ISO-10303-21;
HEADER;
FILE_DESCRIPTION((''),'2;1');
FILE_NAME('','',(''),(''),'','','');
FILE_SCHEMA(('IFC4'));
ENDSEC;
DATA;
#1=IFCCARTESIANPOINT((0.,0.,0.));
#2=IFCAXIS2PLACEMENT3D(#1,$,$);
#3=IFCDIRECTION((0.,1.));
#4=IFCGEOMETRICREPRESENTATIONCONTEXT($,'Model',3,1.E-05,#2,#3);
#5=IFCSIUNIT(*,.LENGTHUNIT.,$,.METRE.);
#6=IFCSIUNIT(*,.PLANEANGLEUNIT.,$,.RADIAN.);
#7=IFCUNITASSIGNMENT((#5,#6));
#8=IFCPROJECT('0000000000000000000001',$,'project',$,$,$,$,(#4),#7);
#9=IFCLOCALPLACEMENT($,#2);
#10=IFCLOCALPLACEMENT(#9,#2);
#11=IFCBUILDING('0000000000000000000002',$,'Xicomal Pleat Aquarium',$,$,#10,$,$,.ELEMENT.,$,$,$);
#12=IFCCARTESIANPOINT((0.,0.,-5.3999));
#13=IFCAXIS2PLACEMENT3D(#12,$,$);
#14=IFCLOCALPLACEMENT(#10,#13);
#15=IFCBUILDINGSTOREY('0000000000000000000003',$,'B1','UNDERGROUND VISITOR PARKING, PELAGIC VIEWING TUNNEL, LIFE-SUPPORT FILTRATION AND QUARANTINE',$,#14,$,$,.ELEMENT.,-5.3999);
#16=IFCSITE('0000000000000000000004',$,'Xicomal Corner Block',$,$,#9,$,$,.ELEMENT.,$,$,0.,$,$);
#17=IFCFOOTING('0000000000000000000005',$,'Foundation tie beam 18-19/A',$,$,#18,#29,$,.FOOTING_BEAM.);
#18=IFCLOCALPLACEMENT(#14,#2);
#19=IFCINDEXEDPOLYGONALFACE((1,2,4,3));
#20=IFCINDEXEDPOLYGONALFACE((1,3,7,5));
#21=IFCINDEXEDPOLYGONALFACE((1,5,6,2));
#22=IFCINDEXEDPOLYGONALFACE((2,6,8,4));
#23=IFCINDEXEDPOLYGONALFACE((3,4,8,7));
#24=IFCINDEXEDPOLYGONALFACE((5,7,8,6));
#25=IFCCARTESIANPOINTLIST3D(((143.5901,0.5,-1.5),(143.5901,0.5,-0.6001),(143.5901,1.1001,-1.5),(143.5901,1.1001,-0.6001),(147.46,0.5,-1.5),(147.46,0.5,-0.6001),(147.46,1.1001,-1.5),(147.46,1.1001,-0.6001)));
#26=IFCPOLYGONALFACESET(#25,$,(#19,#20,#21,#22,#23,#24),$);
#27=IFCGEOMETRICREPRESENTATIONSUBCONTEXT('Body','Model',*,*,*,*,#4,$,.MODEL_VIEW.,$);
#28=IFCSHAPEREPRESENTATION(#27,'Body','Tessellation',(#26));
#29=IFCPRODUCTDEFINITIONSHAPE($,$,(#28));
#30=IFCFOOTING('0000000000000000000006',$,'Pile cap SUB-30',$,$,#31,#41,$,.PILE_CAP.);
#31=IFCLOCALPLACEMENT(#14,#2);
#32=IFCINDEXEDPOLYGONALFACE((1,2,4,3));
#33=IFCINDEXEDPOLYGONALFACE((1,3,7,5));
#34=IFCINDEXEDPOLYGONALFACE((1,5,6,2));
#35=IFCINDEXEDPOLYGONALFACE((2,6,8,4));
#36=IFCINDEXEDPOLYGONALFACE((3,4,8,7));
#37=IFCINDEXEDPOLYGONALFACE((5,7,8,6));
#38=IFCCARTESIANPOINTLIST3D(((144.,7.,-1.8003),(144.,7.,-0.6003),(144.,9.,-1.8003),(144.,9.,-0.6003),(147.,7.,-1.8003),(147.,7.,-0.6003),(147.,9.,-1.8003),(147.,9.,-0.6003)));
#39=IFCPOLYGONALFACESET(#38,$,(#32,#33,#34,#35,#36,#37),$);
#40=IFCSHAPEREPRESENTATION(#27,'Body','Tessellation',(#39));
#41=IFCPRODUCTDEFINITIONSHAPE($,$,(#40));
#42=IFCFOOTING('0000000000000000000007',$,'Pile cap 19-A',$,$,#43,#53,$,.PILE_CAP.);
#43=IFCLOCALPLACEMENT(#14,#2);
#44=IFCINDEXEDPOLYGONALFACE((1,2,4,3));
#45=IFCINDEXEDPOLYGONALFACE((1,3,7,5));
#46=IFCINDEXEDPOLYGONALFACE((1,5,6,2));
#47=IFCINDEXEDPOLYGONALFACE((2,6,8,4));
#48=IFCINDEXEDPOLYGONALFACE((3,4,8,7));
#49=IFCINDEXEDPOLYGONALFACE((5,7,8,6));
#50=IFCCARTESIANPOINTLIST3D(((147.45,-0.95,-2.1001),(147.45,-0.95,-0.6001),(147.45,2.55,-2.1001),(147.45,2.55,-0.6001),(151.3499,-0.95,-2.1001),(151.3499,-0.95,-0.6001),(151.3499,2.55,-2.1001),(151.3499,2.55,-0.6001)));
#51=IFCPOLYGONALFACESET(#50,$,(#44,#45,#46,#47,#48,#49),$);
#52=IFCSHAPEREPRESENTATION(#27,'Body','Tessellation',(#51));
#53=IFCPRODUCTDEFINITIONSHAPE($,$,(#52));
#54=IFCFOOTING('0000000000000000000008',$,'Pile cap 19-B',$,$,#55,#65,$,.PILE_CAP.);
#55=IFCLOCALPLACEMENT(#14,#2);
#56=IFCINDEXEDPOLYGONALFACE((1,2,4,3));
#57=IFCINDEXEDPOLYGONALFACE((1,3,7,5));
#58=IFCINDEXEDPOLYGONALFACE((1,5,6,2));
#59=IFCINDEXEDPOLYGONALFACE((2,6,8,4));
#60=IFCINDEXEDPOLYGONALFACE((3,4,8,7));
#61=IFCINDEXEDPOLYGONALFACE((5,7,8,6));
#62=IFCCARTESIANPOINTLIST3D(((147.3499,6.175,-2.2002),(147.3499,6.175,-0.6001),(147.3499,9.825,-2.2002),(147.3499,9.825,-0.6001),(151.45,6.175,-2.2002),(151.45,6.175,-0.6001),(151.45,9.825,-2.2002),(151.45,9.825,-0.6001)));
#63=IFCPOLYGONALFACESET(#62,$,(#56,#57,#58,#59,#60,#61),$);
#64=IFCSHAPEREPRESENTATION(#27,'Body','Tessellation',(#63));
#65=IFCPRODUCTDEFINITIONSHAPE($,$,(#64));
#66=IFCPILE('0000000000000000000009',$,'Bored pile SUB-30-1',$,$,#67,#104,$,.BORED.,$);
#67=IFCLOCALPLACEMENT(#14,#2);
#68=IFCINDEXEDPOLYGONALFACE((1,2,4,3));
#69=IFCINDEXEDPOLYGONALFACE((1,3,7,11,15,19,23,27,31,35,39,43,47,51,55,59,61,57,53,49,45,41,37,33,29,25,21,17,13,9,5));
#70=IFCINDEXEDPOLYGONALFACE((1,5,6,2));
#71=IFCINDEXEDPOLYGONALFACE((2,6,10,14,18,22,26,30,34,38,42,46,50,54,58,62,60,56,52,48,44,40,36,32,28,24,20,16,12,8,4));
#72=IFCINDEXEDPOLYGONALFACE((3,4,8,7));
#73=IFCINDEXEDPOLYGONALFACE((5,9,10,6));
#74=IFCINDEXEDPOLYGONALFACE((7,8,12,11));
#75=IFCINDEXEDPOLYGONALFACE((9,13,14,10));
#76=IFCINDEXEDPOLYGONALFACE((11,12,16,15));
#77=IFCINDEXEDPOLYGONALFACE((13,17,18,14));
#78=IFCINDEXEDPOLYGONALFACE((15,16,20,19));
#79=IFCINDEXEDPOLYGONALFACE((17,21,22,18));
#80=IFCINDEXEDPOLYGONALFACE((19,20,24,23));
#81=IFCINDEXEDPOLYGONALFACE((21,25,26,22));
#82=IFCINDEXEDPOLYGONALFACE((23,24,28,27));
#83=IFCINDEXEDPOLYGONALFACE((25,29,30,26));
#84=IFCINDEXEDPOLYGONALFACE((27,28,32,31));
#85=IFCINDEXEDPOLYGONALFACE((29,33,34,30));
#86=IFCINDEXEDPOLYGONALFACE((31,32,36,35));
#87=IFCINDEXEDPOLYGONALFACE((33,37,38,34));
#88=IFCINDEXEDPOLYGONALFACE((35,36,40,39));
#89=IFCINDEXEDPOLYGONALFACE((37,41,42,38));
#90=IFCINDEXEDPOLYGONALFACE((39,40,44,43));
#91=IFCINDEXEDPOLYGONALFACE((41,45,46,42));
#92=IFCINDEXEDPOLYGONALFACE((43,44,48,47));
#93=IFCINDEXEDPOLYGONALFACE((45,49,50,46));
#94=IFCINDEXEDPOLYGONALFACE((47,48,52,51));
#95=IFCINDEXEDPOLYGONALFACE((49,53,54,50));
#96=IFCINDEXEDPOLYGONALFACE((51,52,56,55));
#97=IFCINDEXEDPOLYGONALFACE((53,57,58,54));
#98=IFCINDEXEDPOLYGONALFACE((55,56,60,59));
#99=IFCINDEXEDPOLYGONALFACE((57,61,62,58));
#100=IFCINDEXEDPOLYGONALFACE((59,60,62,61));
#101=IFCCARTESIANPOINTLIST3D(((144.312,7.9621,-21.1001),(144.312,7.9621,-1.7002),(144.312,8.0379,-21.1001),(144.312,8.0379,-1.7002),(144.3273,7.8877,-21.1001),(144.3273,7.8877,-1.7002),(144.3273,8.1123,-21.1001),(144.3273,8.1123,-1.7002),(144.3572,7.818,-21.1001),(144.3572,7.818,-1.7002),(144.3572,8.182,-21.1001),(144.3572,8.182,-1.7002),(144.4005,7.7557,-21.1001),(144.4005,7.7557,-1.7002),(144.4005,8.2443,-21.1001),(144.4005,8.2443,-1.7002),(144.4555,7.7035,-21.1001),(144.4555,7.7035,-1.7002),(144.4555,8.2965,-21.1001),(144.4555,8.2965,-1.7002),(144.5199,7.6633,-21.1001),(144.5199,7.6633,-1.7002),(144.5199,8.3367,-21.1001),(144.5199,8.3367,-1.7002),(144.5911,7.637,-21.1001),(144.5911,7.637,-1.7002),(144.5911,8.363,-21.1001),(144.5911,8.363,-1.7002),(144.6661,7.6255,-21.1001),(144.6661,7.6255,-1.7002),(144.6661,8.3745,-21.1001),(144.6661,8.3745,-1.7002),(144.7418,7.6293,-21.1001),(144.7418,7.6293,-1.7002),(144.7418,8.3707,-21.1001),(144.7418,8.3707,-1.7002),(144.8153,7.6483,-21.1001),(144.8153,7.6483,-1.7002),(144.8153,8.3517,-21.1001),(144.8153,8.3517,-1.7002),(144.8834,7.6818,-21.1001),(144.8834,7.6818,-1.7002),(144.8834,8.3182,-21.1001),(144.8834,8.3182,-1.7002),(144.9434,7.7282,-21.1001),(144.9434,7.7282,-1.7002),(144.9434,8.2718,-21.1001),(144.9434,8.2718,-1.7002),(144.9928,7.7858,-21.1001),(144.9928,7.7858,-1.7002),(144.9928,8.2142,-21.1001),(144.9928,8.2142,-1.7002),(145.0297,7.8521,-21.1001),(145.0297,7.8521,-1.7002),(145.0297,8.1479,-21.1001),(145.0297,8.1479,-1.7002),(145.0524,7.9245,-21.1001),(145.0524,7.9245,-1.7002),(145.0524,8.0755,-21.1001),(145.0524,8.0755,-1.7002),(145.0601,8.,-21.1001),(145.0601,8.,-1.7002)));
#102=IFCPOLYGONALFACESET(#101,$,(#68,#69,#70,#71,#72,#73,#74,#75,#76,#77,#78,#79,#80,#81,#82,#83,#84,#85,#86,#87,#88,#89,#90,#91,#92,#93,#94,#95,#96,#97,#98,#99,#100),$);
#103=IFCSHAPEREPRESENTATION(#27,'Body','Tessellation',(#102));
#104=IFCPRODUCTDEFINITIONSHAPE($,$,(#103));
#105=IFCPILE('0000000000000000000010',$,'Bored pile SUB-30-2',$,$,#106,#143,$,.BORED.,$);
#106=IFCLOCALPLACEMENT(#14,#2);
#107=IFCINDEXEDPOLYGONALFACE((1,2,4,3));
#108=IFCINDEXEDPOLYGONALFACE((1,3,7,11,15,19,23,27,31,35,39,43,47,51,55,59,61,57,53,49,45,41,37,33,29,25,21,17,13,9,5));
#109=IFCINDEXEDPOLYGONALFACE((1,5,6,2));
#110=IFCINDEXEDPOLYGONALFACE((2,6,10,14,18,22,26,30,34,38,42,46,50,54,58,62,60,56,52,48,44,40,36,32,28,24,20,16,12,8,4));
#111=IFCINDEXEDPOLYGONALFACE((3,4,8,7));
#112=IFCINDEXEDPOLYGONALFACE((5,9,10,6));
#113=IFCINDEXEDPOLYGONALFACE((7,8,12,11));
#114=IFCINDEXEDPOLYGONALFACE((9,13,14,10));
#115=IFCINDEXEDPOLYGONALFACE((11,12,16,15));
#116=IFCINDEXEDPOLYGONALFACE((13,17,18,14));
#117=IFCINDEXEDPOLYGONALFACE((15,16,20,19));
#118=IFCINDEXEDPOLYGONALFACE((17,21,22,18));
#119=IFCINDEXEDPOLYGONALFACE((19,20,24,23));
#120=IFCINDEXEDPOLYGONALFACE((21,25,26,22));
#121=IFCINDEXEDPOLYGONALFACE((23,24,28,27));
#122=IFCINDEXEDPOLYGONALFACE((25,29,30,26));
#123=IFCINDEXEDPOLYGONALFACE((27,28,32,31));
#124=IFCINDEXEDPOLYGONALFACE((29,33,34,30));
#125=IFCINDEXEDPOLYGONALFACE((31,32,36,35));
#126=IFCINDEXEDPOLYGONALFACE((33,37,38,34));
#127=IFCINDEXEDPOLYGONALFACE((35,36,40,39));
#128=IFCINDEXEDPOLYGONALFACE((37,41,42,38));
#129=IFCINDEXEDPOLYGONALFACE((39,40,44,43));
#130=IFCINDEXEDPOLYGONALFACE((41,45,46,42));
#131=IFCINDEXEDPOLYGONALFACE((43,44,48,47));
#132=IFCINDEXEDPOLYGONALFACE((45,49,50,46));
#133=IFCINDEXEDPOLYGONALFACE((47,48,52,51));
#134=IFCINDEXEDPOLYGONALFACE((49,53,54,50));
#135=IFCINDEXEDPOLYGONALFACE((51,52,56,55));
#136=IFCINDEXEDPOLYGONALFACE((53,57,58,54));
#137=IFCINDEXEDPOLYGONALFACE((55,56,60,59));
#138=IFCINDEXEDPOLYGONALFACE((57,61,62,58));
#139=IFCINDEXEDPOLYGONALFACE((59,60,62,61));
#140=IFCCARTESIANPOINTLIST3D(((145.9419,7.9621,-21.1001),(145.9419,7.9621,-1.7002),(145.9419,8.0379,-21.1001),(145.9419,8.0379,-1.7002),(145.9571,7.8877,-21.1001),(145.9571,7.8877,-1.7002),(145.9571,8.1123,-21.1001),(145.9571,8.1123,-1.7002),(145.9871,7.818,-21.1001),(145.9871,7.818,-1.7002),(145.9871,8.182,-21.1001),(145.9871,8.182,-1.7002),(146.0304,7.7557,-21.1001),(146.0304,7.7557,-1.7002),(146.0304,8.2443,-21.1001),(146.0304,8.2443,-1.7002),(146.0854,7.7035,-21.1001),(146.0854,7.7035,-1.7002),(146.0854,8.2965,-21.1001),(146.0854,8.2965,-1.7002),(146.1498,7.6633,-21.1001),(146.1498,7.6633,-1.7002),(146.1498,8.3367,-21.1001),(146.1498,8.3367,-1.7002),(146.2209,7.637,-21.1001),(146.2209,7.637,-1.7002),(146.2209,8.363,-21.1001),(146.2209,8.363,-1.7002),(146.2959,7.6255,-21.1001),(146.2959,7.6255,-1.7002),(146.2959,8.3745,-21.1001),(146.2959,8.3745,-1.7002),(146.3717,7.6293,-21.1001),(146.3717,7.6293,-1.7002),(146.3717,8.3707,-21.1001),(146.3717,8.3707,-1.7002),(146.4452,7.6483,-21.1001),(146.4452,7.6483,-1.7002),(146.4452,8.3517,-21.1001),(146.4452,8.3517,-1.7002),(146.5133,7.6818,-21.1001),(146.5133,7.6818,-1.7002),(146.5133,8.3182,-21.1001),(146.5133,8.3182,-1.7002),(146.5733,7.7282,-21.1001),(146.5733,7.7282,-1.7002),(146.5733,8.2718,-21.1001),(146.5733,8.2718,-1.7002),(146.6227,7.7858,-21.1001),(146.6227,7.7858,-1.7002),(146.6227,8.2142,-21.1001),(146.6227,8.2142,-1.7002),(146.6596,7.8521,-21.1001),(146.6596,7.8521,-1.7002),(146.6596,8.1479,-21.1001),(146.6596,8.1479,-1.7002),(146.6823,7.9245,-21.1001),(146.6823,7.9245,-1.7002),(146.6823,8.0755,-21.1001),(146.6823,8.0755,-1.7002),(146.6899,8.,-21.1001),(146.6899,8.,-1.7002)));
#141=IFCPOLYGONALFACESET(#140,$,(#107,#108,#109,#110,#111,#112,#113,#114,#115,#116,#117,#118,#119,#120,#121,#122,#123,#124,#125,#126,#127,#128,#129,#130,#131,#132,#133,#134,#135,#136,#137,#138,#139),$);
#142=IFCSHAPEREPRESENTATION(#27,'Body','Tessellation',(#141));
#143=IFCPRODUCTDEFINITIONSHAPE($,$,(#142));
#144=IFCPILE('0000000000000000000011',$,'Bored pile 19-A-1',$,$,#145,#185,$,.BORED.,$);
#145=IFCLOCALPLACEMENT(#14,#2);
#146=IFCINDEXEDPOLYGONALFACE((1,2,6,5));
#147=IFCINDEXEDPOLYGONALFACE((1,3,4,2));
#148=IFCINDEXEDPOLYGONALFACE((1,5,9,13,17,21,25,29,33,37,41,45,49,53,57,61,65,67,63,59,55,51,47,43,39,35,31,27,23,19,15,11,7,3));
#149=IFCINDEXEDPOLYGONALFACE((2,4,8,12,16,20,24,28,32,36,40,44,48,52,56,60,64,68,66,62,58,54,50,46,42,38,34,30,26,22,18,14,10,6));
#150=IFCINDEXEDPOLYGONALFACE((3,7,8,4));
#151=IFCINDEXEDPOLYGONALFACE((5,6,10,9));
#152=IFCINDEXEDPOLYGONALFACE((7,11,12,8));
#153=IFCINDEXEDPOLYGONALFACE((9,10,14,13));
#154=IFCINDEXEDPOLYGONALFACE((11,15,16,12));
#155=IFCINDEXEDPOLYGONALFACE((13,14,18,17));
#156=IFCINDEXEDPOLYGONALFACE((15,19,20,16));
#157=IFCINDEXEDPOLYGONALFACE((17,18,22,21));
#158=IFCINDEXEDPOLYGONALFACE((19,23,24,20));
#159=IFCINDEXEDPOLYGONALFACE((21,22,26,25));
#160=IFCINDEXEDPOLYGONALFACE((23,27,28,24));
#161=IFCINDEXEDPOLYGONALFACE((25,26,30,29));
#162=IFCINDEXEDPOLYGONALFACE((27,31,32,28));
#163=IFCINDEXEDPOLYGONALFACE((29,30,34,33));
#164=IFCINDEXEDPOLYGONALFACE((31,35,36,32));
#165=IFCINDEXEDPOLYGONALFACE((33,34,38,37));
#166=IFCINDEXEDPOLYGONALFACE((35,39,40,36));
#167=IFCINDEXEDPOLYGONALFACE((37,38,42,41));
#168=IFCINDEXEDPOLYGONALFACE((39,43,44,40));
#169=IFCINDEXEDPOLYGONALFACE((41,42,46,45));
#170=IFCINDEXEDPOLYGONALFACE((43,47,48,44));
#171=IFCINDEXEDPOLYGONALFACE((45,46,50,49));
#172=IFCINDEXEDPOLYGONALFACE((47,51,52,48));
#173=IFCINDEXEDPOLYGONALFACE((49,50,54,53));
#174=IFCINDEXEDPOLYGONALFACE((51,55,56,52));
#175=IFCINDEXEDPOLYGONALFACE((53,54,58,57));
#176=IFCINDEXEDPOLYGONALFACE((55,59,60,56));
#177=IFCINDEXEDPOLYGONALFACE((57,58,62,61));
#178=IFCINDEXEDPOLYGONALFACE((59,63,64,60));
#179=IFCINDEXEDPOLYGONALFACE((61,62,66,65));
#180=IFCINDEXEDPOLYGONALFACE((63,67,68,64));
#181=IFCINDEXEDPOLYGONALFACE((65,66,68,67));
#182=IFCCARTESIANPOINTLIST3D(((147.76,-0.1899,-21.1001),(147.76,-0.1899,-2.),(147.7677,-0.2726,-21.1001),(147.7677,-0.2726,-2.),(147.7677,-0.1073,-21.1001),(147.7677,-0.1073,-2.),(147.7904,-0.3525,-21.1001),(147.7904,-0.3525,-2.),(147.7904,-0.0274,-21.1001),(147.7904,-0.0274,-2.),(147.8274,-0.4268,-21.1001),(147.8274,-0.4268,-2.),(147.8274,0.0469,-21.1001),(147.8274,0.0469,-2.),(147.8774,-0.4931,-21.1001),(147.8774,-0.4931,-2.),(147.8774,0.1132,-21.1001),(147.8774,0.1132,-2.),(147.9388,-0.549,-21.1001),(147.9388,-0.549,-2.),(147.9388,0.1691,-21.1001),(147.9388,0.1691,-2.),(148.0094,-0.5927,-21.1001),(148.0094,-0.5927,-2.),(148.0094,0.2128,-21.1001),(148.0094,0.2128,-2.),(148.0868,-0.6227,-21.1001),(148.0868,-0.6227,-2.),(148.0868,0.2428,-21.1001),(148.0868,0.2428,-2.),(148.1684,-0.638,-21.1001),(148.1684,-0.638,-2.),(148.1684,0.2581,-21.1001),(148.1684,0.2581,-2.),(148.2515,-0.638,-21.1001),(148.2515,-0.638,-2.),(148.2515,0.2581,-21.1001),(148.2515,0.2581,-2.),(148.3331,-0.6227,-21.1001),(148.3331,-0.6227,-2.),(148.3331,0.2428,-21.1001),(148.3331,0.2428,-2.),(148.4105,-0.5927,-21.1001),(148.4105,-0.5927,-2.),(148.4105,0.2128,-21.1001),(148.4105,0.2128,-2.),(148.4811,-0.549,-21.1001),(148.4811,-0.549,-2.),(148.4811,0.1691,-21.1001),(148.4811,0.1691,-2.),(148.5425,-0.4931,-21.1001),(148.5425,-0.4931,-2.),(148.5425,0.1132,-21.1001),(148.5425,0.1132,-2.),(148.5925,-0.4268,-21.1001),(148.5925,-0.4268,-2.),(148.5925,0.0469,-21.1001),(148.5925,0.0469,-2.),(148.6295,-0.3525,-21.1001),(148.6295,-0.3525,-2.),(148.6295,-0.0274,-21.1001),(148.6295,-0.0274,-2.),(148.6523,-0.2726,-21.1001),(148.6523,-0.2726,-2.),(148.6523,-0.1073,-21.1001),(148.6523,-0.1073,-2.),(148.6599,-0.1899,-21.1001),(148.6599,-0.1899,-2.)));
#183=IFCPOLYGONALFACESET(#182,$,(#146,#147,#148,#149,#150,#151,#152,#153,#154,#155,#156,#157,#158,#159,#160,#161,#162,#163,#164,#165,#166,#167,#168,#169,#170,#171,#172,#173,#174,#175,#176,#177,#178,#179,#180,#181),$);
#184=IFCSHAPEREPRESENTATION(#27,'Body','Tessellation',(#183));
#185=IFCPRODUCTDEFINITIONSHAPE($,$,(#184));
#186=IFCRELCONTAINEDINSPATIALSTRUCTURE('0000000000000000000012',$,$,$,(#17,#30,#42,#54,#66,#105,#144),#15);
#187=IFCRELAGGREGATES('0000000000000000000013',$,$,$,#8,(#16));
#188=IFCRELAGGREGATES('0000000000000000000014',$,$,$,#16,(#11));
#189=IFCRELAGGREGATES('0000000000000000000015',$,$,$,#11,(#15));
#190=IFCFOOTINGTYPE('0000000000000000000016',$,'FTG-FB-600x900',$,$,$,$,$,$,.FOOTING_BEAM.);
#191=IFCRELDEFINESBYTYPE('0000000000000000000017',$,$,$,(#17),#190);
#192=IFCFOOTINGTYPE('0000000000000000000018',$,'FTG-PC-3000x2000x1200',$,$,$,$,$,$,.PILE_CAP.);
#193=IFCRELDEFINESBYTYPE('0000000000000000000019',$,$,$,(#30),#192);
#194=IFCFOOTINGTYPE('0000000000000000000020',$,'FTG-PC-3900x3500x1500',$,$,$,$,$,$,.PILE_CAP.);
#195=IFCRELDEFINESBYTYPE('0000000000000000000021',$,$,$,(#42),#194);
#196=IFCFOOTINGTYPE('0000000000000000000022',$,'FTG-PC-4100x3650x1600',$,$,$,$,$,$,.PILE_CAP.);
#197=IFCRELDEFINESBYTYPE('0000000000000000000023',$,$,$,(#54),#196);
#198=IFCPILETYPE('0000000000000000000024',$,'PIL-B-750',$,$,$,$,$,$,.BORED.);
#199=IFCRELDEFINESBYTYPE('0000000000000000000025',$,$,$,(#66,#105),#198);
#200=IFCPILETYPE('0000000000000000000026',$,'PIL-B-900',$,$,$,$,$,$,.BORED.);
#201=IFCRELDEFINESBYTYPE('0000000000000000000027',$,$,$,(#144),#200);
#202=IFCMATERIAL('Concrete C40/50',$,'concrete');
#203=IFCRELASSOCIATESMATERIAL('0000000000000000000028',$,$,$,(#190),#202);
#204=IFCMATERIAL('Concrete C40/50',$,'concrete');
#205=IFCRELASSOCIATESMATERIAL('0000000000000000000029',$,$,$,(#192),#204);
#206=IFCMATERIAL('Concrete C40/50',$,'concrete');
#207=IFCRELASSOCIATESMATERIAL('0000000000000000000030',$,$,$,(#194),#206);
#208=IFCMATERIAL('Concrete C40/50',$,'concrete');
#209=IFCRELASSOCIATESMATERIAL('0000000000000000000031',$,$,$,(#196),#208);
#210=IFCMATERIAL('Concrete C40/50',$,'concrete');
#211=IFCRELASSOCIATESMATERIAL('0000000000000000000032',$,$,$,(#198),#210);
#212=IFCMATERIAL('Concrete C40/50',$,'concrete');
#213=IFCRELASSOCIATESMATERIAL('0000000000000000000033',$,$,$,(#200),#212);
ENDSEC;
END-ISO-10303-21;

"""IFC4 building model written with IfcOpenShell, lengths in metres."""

from ifc_helpers import new_model, si_unit, direction, frame, origin, origin_2d, place, context, subcontext, project, spatial, rectangle, circle, extrude, material, material_profile, profile_set, type_object, element, save


model = new_model("IFC4")

# Units and contexts
model_context = context("Model", 3, precision=1e-05, world=origin(), true_north=direction((0.0, 1.0)))
body_context = subcontext(model_context, "Body", "Model", "MODEL_VIEW")
ifc_project = project(units=[si_unit("LENGTHUNIT", "METRE"), si_unit("PLANEANGLEUNIT", "RADIAN")], contexts=[model_context])

# Site, building, storey
site_placement = place(None, origin())
site = spatial("IfcSite", under=ifc_project, at=site_placement, Name="Xicomal Corner Block", CompositionType="ELEMENT", RefElevation=0.0)
building_placement = place(site_placement, origin())
building = spatial("IfcBuilding", under=site, at=building_placement, Name="Xicomal Pleat Aquarium", CompositionType="ELEMENT")
storey_placement = place(building_placement, frame((0.0, 0.0, -5.3999)))
storey = spatial("IfcBuildingStorey", under=building, at=storey_placement, Name="B1", Description="UNDERGROUND VISITOR PARKING, PELAGIC VIEWING TUNNEL, LIFE-SUPPORT FILTRATION AND QUARANTINE", CompositionType="ELEMENT", Elevation=-5.3999)

# Footings
ifc_material_1 = material(Name="Concrete C40/50", Category="concrete")
ifc_material_profile_1 = material_profile(ifc_material_1, rectangle(XDim=0.6001, YDim=0.8999, at=origin_2d()), Name="FB-02 600x900")
ifc_profile_set_1 = profile_set([ifc_material_profile_1], Name="Concrete C40/50")
footing_type_1 = type_object("IfcFootingType", Name="FTG-FB-600x900", PredefinedType="FOOTING_BEAM", material=ifc_profile_set_1)
footing_1_placement = place(storey_placement, frame((143.5901, 0.8, -1.05), z_axis=(1.0, 0.0, 0.0), x_axis=(0.0, 1.0, 0.0)))
element("IfcFooting", 1, at=footing_1_placement, inside=storey, type_object=footing_type_1, Name="Foundation tie beam 18-19/A", PredefinedType="FOOTING_BEAM", context=body_context, shape_type="SweptSolid", body=[
    extrude(rectangle(XDim=0.6001, YDim=0.8999, at=origin_2d()), origin(), (0.0, 0.0, 1.0), 3.8699),
])
ifc_material_2 = material(Name="Concrete C40/50", Category="concrete")
footing_type_2 = type_object("IfcFootingType", Name="FTG-PC-3000x2000x1200", PredefinedType="PILE_CAP", material=ifc_material_2)
footing_2_placement = place(storey_placement, frame((145.5, 8.0, -1.8003), z_axis=(0.0, 0.0, 1.0), x_axis=(1.0, 0.0, 0.0)))
element("IfcFooting", 2, at=footing_2_placement, inside=storey, type_object=footing_type_2, Name="Pile cap SUB-30", PredefinedType="PILE_CAP", context=body_context, shape_type="SweptSolid", body=[
    extrude(rectangle(XDim=3.0, YDim=2.0, at=origin_2d()), origin(), (0.0, 0.0, 1.0), 1.2),
])
ifc_material_3 = material(Name="Concrete C40/50", Category="concrete")
footing_type_3 = type_object("IfcFootingType", Name="FTG-PC-3900x3500x1500", PredefinedType="PILE_CAP", material=ifc_material_3)
footing_3_placement = place(storey_placement, frame((149.3999, 0.8, -2.1001), z_axis=(0.0, 0.0, 1.0), x_axis=(1.0, 0.0, 0.0)))
element("IfcFooting", 3, at=footing_3_placement, inside=storey, type_object=footing_type_3, Name="Pile cap 19-A", PredefinedType="PILE_CAP", context=body_context, shape_type="SweptSolid", body=[
    extrude(rectangle(XDim=3.8999, YDim=3.5, at=origin_2d()), origin(), (0.0, 0.0, 1.0), 1.5),
])
ifc_material_4 = material(Name="Concrete C40/50", Category="concrete")
footing_type_4 = type_object("IfcFootingType", Name="FTG-PC-4100x3650x1600", PredefinedType="PILE_CAP", material=ifc_material_4)
footing_4_placement = place(storey_placement, frame((149.3999, 8.0, -2.2002), z_axis=(0.0, 0.0, 1.0), x_axis=(1.0, 0.0, 0.0)))
element("IfcFooting", 4, at=footing_4_placement, inside=storey, type_object=footing_type_4, Name="Pile cap 19-B", PredefinedType="PILE_CAP", context=body_context, shape_type="SweptSolid", body=[
    extrude(rectangle(XDim=4.1001, YDim=3.6499, at=origin_2d()), origin(), (0.0, 0.0, 1.0), 1.6001),
])

# Piles
ifc_material_5 = material(Name="Concrete C40/50", Category="concrete")
ifc_material_profile_2 = material_profile(ifc_material_5, circle(Radius=0.375, at=origin_2d()), Name="BORED PILE D750")
ifc_profile_set_2 = profile_set([ifc_material_profile_2], Name="Concrete C40/50")
pile_type_1 = type_object("IfcPileType", Name="PIL-B-750", PredefinedType="BORED", material=ifc_profile_set_2)
for number, where, z_axis, x_axis, name in (
    (5, (144.6851, 8.0, -1.7002), (0.0, 0.0, -1.0), (1.0, 0.0, 0.0), "Bored pile SUB-30-1"),
    (6, (146.3149, 8.0, -1.7002), (0.0, 0.0, -1.0), (1.0, 0.0, 0.0), "Bored pile SUB-30-2"),
):
    element("IfcPile", number, at=place(storey_placement, frame(where, z_axis=z_axis, x_axis=x_axis)), inside=storey, type_object=pile_type_1, Name=name, PredefinedType="BORED", context=body_context, shape_type="SweptSolid", body=[
        extrude(circle(Radius=0.375, at=origin_2d()), origin(), (0.0, 0.0, 1.0), 19.3999),
    ])
ifc_material_6 = material(Name="Concrete C40/50", Category="concrete")
ifc_material_profile_3 = material_profile(ifc_material_6, circle(Radius=0.45, at=origin_2d()), Name="BORED PILE D900")
ifc_profile_set_3 = profile_set([ifc_material_profile_3], Name="Concrete C40/50")
pile_type_2 = type_object("IfcPileType", Name="PIL-B-900", PredefinedType="BORED", material=ifc_profile_set_3)
for number, where, z_axis, x_axis, name in (
    (7, (148.21, -0.1899, -2.0), (0.0, 0.0, -1.0), (1.0, 0.0, 0.0), "Bored pile 19-A-1"),
):
    element("IfcPile", number, at=place(storey_placement, frame(where, z_axis=z_axis, x_axis=x_axis)), inside=storey, type_object=pile_type_2, Name=name, PredefinedType="BORED", context=body_context, shape_type="SweptSolid", body=[
        extrude(circle(Radius=0.45, at=origin_2d()), origin(), (0.0, 0.0, 1.0), 19.1001),
    ])

save(model, "model.ifc")
